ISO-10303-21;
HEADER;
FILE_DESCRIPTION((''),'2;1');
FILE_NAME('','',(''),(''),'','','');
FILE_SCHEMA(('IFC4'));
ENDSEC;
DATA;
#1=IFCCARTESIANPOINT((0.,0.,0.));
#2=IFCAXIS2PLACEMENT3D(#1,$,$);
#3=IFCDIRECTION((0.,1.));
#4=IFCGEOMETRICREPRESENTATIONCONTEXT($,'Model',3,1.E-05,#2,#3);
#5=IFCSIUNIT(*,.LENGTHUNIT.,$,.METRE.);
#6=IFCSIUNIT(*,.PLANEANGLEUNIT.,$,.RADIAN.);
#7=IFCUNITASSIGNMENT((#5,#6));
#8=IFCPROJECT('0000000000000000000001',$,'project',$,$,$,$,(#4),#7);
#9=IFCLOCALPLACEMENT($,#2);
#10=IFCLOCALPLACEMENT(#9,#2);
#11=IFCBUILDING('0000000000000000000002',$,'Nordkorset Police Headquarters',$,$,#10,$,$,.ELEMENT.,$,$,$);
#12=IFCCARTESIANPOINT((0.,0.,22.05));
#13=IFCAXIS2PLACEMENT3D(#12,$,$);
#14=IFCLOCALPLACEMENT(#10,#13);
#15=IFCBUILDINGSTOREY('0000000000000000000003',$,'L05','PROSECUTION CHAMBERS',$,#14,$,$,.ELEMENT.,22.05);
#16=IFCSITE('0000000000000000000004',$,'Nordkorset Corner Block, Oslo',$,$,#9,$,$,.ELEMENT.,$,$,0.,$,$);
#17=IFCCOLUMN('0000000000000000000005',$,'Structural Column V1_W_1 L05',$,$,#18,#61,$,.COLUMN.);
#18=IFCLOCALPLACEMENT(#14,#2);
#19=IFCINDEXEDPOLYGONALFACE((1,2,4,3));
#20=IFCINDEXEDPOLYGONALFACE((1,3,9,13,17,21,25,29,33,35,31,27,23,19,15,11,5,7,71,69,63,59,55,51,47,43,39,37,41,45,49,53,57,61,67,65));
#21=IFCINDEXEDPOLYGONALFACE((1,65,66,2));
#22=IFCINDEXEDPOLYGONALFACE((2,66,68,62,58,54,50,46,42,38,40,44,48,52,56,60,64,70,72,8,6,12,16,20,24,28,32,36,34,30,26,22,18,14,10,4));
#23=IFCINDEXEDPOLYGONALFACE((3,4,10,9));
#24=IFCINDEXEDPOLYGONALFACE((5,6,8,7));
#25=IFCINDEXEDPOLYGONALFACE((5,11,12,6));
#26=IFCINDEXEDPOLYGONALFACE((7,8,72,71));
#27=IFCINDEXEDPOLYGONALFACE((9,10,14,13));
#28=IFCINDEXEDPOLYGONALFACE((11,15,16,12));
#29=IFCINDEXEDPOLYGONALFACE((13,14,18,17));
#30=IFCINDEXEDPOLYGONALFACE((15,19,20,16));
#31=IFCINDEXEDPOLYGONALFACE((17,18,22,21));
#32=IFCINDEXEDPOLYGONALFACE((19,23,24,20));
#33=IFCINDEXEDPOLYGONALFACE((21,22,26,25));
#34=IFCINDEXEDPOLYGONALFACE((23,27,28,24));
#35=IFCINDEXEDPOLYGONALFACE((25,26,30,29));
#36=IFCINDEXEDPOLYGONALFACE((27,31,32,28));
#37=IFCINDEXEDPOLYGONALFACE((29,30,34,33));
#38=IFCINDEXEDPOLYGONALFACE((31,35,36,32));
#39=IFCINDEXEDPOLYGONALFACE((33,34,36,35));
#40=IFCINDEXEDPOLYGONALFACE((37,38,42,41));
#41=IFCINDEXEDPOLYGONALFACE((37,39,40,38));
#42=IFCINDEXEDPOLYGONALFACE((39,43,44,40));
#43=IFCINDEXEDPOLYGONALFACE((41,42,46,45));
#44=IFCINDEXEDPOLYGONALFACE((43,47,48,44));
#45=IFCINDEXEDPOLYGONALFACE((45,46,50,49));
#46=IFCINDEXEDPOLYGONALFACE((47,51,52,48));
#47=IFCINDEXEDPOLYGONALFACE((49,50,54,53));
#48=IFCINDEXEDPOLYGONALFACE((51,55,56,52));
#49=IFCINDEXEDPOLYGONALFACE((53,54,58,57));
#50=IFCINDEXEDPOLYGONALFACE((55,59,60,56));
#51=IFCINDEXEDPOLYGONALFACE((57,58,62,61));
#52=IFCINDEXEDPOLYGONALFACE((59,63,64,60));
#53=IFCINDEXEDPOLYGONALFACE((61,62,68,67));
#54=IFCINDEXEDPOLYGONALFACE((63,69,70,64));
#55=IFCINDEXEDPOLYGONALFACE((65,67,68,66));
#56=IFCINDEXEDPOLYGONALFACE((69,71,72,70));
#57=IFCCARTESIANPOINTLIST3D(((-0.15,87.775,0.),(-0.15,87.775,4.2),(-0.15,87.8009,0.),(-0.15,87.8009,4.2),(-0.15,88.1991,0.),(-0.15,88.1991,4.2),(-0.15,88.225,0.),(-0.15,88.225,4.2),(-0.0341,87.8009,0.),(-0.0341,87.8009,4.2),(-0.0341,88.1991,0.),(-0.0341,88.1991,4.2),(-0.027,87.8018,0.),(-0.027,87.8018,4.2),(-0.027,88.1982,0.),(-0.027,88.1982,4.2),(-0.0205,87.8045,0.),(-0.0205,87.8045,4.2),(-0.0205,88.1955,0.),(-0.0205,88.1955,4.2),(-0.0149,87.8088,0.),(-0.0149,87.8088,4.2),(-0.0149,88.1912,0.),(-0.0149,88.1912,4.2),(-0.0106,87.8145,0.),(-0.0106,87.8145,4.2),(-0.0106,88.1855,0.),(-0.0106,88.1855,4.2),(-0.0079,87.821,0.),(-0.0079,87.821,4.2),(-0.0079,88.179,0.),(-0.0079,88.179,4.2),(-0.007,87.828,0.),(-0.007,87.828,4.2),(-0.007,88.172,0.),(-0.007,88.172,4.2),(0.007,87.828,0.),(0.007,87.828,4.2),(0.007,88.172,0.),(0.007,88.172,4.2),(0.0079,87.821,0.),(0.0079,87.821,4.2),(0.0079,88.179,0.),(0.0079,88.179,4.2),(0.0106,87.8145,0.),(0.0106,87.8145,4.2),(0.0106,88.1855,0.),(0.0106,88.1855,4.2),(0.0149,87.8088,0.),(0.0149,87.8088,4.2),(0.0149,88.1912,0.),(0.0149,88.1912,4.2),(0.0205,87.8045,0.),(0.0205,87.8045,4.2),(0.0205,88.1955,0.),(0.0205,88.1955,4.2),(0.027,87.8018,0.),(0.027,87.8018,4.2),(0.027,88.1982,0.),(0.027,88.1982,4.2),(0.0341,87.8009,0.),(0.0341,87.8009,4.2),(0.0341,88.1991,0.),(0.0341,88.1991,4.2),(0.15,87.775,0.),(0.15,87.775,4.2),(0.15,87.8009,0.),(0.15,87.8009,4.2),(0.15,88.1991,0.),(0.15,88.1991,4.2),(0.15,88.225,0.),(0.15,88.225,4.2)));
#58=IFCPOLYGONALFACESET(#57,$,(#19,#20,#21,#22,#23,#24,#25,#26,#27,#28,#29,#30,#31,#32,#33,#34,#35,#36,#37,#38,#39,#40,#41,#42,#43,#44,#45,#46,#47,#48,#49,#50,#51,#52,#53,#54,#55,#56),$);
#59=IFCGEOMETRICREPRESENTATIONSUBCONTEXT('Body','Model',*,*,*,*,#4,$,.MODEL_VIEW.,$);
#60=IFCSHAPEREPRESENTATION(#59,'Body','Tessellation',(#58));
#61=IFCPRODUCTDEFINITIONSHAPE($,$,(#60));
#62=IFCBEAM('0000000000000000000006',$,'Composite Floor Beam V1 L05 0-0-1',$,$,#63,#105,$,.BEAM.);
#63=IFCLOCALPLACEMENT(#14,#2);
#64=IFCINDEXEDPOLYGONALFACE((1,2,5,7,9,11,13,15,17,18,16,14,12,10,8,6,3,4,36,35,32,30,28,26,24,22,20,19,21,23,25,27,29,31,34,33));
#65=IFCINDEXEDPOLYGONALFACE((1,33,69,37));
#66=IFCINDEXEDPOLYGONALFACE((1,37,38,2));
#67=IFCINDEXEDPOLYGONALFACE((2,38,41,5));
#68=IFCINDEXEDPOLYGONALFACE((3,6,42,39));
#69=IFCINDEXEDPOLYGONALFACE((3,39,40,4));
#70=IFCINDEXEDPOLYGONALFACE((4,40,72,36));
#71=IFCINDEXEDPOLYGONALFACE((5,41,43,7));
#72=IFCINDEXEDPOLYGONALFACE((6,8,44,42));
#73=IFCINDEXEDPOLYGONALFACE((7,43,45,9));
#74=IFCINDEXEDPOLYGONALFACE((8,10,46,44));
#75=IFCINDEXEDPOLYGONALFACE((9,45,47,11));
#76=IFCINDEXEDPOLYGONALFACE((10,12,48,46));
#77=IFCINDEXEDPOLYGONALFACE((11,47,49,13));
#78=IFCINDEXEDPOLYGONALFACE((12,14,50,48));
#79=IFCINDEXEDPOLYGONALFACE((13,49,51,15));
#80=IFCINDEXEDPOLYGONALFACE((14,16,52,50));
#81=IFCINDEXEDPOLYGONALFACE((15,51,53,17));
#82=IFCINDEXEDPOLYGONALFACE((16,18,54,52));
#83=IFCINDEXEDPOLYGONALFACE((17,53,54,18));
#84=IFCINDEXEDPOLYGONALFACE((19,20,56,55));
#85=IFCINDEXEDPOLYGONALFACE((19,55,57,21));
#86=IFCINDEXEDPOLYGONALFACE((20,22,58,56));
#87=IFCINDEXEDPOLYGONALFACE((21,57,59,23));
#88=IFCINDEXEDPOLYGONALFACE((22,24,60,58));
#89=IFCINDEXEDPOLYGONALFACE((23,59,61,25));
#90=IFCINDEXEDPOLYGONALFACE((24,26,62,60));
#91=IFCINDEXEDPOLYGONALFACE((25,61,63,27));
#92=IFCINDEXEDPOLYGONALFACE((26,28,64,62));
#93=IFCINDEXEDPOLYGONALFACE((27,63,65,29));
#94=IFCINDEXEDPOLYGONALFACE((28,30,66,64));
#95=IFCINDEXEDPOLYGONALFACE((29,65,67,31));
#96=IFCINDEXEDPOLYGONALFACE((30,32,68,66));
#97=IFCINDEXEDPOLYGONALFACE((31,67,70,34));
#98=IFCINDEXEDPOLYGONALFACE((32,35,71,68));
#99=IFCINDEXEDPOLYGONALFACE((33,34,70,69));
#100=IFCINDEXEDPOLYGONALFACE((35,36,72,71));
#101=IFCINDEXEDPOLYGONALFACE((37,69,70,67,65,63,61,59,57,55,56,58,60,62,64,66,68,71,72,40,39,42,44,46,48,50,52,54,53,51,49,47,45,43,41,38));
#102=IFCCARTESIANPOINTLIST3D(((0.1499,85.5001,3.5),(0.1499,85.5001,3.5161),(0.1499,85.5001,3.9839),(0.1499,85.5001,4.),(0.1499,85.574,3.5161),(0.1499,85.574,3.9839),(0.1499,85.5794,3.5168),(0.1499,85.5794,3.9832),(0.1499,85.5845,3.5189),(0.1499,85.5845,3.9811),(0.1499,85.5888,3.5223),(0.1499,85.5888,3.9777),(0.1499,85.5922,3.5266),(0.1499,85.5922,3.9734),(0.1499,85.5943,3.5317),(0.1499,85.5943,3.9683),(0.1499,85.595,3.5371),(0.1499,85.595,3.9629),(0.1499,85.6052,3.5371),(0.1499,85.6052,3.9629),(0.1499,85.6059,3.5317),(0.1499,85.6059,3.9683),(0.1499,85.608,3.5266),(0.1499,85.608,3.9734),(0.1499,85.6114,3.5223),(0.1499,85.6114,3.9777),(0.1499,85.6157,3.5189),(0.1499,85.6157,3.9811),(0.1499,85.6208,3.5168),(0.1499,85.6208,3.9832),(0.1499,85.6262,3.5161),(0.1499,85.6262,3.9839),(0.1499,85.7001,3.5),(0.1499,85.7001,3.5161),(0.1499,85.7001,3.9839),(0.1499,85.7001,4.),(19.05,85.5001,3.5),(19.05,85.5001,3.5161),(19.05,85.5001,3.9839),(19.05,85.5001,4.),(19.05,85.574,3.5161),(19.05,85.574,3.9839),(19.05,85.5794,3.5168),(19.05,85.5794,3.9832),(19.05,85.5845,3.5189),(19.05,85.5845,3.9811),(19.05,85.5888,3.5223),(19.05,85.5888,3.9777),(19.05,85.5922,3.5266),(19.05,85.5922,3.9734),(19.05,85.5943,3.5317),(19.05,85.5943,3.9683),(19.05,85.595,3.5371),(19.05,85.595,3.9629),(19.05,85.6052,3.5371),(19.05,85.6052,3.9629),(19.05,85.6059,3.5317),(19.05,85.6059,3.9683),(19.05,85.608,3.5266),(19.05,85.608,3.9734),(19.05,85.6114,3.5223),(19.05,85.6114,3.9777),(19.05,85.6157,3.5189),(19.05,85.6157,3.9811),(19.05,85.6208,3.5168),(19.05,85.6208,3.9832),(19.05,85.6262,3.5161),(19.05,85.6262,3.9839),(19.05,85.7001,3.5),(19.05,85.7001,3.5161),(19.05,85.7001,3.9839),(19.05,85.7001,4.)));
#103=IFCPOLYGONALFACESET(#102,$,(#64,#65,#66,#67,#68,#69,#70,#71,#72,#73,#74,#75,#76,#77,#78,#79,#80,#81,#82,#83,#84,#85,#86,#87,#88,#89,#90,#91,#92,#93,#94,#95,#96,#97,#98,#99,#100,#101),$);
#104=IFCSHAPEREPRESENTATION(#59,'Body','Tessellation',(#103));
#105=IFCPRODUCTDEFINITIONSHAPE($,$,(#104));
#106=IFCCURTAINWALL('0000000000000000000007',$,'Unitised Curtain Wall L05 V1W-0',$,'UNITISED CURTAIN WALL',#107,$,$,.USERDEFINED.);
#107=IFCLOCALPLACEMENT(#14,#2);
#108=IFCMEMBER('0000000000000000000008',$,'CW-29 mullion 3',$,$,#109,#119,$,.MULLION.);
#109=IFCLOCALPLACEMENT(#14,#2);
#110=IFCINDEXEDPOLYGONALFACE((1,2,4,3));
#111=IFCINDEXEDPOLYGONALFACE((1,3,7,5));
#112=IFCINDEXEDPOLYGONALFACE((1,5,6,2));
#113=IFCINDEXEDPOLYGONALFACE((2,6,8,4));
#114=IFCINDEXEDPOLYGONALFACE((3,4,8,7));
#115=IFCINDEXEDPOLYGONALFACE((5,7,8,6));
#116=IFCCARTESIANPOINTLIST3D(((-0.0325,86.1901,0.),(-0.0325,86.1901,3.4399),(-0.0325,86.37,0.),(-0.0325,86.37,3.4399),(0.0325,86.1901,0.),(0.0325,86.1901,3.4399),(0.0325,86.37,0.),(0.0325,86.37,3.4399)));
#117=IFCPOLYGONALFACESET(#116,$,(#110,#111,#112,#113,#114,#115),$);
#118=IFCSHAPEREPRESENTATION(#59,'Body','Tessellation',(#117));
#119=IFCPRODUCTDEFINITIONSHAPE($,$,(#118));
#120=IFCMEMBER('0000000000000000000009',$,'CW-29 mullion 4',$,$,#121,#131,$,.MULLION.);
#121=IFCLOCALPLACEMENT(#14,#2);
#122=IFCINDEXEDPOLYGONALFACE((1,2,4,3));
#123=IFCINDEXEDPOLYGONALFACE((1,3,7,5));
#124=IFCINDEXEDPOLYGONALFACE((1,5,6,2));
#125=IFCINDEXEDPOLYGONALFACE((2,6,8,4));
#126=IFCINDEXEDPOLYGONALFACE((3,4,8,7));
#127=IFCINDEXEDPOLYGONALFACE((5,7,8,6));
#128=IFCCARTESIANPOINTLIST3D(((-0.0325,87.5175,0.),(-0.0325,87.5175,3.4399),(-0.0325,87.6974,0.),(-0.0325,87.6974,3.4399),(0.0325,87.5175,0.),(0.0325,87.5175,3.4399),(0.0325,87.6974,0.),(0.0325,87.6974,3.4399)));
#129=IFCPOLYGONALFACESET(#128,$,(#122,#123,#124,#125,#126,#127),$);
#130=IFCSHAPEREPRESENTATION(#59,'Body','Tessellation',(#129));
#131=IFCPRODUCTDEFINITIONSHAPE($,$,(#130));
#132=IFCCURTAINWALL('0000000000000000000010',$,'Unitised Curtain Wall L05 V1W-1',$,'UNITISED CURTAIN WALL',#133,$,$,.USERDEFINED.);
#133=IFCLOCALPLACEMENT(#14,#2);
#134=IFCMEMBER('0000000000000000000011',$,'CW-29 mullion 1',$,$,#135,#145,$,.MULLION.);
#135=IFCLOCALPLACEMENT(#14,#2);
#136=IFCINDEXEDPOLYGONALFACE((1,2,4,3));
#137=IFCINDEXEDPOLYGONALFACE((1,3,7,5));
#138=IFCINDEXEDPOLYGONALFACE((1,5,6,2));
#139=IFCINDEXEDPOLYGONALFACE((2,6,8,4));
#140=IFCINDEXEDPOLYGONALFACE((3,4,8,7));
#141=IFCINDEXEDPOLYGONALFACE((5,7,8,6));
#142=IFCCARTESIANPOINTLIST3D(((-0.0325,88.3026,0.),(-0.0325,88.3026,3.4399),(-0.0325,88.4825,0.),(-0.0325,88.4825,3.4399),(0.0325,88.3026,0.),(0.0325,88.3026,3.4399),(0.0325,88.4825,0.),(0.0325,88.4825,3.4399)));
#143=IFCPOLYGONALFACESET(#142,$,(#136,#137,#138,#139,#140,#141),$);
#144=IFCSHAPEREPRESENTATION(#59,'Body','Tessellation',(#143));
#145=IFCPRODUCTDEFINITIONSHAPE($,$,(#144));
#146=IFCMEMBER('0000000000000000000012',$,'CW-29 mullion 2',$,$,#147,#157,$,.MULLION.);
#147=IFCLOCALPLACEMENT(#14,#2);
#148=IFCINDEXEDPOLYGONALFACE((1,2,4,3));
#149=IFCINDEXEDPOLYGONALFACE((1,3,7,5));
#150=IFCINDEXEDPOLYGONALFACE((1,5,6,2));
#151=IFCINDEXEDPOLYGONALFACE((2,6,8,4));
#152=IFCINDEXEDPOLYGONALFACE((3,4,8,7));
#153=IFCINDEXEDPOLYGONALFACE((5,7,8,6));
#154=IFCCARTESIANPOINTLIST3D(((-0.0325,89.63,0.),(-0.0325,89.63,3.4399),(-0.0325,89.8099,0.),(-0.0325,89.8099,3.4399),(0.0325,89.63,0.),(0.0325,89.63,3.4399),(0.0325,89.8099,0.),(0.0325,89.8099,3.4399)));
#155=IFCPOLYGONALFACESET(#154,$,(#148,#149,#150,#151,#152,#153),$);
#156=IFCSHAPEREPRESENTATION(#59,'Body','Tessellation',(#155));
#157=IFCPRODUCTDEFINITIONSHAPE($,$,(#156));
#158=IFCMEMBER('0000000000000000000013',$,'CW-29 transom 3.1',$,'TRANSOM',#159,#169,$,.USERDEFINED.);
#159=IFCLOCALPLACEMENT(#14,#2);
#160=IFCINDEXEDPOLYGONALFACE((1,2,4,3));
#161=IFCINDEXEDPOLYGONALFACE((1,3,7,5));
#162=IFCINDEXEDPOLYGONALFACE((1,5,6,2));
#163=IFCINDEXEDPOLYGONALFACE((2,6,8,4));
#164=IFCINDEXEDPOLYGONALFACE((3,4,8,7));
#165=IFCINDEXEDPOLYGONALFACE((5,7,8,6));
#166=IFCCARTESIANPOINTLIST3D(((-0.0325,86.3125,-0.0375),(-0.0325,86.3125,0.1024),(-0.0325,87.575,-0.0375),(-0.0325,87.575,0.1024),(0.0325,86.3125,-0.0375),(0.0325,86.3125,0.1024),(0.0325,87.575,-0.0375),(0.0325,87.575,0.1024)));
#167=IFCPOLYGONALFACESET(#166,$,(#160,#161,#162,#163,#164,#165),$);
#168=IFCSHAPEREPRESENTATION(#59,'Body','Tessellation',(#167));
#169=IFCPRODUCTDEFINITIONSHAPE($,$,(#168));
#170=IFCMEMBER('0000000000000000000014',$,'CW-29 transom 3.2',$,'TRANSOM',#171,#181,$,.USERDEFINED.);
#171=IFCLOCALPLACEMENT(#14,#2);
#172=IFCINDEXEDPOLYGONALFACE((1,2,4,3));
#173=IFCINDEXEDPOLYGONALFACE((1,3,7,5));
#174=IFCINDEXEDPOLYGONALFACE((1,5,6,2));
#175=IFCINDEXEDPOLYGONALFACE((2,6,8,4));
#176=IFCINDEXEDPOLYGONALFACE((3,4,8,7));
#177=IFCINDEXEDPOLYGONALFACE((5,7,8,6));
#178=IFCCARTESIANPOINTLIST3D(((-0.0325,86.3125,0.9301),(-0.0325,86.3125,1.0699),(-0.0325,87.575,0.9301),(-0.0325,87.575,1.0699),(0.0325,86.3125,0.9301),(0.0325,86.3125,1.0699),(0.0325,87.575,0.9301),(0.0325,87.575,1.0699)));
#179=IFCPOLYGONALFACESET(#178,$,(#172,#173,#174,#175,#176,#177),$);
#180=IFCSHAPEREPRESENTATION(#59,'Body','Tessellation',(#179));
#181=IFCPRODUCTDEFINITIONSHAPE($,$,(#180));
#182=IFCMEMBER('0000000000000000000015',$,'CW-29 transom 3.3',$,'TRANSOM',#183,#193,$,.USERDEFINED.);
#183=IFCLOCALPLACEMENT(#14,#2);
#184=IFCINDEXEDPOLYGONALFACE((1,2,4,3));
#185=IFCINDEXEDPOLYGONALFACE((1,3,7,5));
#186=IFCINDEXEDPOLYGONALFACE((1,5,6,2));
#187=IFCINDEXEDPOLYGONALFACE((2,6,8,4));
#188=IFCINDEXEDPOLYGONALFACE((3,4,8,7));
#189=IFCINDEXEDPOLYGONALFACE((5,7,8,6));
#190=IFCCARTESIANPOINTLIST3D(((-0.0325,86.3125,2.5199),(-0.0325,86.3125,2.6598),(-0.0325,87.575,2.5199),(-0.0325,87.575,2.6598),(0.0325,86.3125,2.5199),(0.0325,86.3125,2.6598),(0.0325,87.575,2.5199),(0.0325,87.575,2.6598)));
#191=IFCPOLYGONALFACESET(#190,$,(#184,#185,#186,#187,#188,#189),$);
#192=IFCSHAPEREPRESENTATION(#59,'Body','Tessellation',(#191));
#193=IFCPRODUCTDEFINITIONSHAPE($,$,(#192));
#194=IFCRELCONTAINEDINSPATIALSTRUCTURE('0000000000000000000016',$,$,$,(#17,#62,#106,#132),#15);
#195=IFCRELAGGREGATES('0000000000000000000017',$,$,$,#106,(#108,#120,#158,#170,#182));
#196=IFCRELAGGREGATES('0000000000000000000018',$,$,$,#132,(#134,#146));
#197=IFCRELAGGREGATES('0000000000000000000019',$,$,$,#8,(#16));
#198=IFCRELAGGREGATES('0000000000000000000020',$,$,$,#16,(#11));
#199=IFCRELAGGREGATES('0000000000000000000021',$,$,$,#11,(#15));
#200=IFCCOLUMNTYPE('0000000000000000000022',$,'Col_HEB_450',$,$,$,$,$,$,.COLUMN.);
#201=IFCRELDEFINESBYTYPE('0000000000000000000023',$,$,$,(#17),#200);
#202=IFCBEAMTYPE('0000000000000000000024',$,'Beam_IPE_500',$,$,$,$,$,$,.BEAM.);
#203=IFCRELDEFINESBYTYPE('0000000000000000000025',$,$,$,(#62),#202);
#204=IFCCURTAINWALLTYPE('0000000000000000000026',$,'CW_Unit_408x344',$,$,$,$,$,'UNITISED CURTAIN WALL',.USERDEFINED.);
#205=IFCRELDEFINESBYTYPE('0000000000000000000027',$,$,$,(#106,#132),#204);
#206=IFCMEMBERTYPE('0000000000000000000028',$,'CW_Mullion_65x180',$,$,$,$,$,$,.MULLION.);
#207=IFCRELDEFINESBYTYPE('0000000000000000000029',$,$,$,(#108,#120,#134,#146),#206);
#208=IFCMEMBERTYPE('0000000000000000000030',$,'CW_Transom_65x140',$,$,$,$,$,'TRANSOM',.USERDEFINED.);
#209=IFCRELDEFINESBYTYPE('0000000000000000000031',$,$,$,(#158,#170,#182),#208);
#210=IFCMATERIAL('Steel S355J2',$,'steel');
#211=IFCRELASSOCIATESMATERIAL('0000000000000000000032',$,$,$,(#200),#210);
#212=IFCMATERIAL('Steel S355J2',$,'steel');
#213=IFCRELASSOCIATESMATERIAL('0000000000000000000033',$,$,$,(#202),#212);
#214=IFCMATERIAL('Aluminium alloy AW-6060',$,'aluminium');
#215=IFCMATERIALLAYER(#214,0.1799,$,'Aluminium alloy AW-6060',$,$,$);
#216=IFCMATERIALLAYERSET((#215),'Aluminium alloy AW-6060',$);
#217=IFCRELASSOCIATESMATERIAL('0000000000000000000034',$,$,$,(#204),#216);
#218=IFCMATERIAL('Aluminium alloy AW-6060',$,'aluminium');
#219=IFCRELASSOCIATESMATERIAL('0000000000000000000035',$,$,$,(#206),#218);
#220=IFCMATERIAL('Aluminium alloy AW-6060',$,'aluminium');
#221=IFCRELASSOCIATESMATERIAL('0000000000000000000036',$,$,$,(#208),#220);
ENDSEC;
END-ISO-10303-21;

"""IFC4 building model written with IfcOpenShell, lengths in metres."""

from ifc_helpers import new_model, si_unit, direction, frame, origin, origin_2d, place, context, subcontext, project, spatial, rectangle, i_section, extrude, material, layer, layer_set, material_profile, profile_set, type_object, element, aggregate, save


model = new_model("IFC4")

# Units and contexts
model_context = context("Model", 3, precision=1e-05, world=origin(), true_north=direction((0.0, 1.0)))
body_context = subcontext(model_context, "Body", "Model", "MODEL_VIEW")
ifc_project = project(units=[si_unit("LENGTHUNIT", "METRE"), si_unit("PLANEANGLEUNIT", "RADIAN")], contexts=[model_context])

# Site, building, storey
site_placement = place(None, origin())
site = spatial("IfcSite", under=ifc_project, at=site_placement, Name="Nordkorset Corner Block, Oslo", CompositionType="ELEMENT", RefElevation=0.0)
building_placement = place(site_placement, origin())
building = spatial("IfcBuilding", under=site, at=building_placement, Name="Nordkorset Police Headquarters", CompositionType="ELEMENT")
storey_placement = place(building_placement, frame((0.0, 0.0, 22.05)))
storey = spatial("IfcBuildingStorey", under=building, at=storey_placement, Name="L05", Description="PROSECUTION CHAMBERS", CompositionType="ELEMENT", Elevation=22.05)

# Column
ifc_material_1 = material(Name="Steel S355J2", Category="steel")
ifc_material_profile_1 = material_profile(ifc_material_1, i_section(OverallWidth=0.3, OverallDepth=0.45, WebThickness=0.0139, FlangeThickness=0.0259, FilletRadius=0.0271, at=origin_2d()), Name="HEB 450")
ifc_profile_set_1 = profile_set([ifc_material_profile_1], Name="Steel S355J2")
column_type = type_object("IfcColumnType", Name="Col_HEB_450", PredefinedType="COLUMN", material=ifc_profile_set_1)
column_placement = place(storey_placement, frame((0.0, 88.0, 0.0), z_axis=(0.0, 0.0, 1.0), x_axis=(1.0, 0.0, 0.0)))
element("IfcColumn", 1, at=column_placement, inside=storey, type_object=column_type, Name="Structural Column V1_W_1 L05", PredefinedType="COLUMN", context=body_context, shape_type="SweptSolid", body=[
    extrude(i_section(OverallWidth=0.3, OverallDepth=0.45, WebThickness=0.0139, FlangeThickness=0.0259, FilletRadius=0.0271, at=origin_2d()), origin(), (0.0, 0.0, 1.0), 4.2),
])

# Beam
ifc_material_2 = material(Name="Steel S355J2", Category="steel")
ifc_material_profile_2 = material_profile(ifc_material_2, i_section(OverallWidth=0.2, OverallDepth=0.5, WebThickness=0.0103, FlangeThickness=0.0161, FilletRadius=0.021, at=origin_2d()), Name="IPE 500")
ifc_profile_set_2 = profile_set([ifc_material_profile_2], Name="Steel S355J2")
beam_type_1 = type_object("IfcBeamType", Name="Beam_IPE_500", PredefinedType="BEAM", material=ifc_profile_set_2)
beam_1_placement = place(storey_placement, frame((0.1499, 85.6001, 3.75), z_axis=(1.0, 0.0, 0.0), x_axis=(0.0, 1.0, 0.0)))
element("IfcBeam", 2, at=beam_1_placement, inside=storey, type_object=beam_type_1, Name="Composite Floor Beam V1 L05 0-0-1", PredefinedType="BEAM", context=body_context, shape_type="SweptSolid", body=[
    extrude(i_section(OverallWidth=0.2, OverallDepth=0.5, WebThickness=0.0103, FlangeThickness=0.0161, FilletRadius=0.021, at=origin_2d()), origin(), (0.0, 0.0, 1.0), 18.9001),
])

# Curtain walls, members
ifc_material_3 = material(Name="Aluminium alloy AW-6060", Category="aluminium")
ifc_layer_1 = layer(ifc_material_3, 0.1799, Name="Aluminium alloy AW-6060")
ifc_layer_set_1 = layer_set([ifc_layer_1], Name="Aluminium alloy AW-6060")
curtain_wall_type = type_object("IfcCurtainWallType", Name="CW_Unit_408x344", ElementType="UNITISED CURTAIN WALL", PredefinedType="USERDEFINED", material=ifc_layer_set_1)
curtain_wall_1_placement = place(storey_placement, origin())
curtain_wall_1 = element("IfcCurtainWall", 3, at=curtain_wall_1_placement, inside=storey, type_object=curtain_wall_type, Name="Unitised Curtain Wall L05 V1W-0", ObjectType="UNITISED CURTAIN WALL", PredefinedType="USERDEFINED")
ifc_material_4 = material(Name="Aluminium alloy AW-6060", Category="aluminium")
ifc_material_profile_3 = material_profile(ifc_material_4, rectangle(XDim=0.0649, YDim=0.1799, at=origin_2d()), Name="ALU MULL 65x180")
ifc_profile_set_3 = profile_set([ifc_material_profile_3], Name="Aluminium alloy AW-6060")
member_type_1 = type_object("IfcMemberType", Name="CW_Mullion_65x180", PredefinedType="MULLION", material=ifc_profile_set_3)
member_1_placement = place(storey_placement, frame((0.0, 86.28, 0.0), z_axis=(0.0, 0.0, 1.0), x_axis=(-1.0, 0.0, 0.0)))
member_1 = element("IfcMember", 4, at=member_1_placement, type_object=member_type_1, Name="CW-29 mullion 3", PredefinedType="MULLION", context=body_context, shape_type="SweptSolid", body=[
    extrude(rectangle(XDim=0.0649, YDim=0.1799, at=origin_2d()), origin(), (0.0, 0.0, 1.0), 3.4399),
])
member_2_placement = place(storey_placement, frame((0.0, 87.6074, 0.0), z_axis=(0.0, 0.0, 1.0), x_axis=(-1.0, 0.0, 0.0)))
member_2 = element("IfcMember", 5, at=member_2_placement, type_object=member_type_1, Name="CW-29 mullion 4", PredefinedType="MULLION", context=body_context, shape_type="SweptSolid", body=[
    extrude(rectangle(XDim=0.0649, YDim=0.1799, at=origin_2d()), origin(), (0.0, 0.0, 1.0), 3.4399),
])
curtain_wall_2_placement = place(storey_placement, origin())
curtain_wall_2 = element("IfcCurtainWall", 6, at=curtain_wall_2_placement, inside=storey, type_object=curtain_wall_type, Name="Unitised Curtain Wall L05 V1W-1", ObjectType="UNITISED CURTAIN WALL", PredefinedType="USERDEFINED")
member_3_placement = place(storey_placement, frame((0.0, 88.3926, 0.0), z_axis=(0.0, 0.0, 1.0), x_axis=(-1.0, 0.0, 0.0)))
member_3 = element("IfcMember", 7, at=member_3_placement, type_object=member_type_1, Name="CW-29 mullion 1", PredefinedType="MULLION", context=body_context, shape_type="SweptSolid", body=[
    extrude(rectangle(XDim=0.0649, YDim=0.1799, at=origin_2d()), origin(), (0.0, 0.0, 1.0), 3.4399),
])
member_4_placement = place(storey_placement, frame((0.0, 89.72, 0.0), z_axis=(0.0, 0.0, 1.0), x_axis=(-1.0, 0.0, 0.0)))
member_4 = element("IfcMember", 8, at=member_4_placement, type_object=member_type_1, Name="CW-29 mullion 2", PredefinedType="MULLION", context=body_context, shape_type="SweptSolid", body=[
    extrude(rectangle(XDim=0.0649, YDim=0.1799, at=origin_2d()), origin(), (0.0, 0.0, 1.0), 3.4399),
])

# Members
ifc_material_5 = material(Name="Aluminium alloy AW-6060", Category="aluminium")
ifc_material_profile_4 = material_profile(ifc_material_5, rectangle(XDim=0.0649, YDim=0.1399, at=origin_2d()), Name="ALU TRAN 65x140")
ifc_profile_set_4 = profile_set([ifc_material_profile_4], Name="Aluminium alloy AW-6060")
member_type_2 = type_object("IfcMemberType", Name="CW_Transom_65x140", ElementType="TRANSOM", PredefinedType="USERDEFINED", material=ifc_profile_set_4)
member_5_placement = place(storey_placement, frame((0.0, 86.3125, 0.0325), z_axis=(0.0, 1.0, 0.0), x_axis=(-1.0, 0.0, 0.0)))
member_5 = element("IfcMember", 9, at=member_5_placement, type_object=member_type_2, Name="CW-29 transom 3.1", ObjectType="TRANSOM", PredefinedType="USERDEFINED", context=body_context, shape_type="SweptSolid", body=[
    extrude(rectangle(XDim=0.0649, YDim=0.1399, at=origin_2d()), origin(), (0.0, 0.0, 1.0), 1.2625),
])
member_6_placement = place(storey_placement, frame((0.0, 86.3125, 1.0), z_axis=(0.0, 1.0, 0.0), x_axis=(-1.0, 0.0, 0.0)))
member_6 = element("IfcMember", 10, at=member_6_placement, type_object=member_type_2, Name="CW-29 transom 3.2", ObjectType="TRANSOM", PredefinedType="USERDEFINED", context=body_context, shape_type="SweptSolid", body=[
    extrude(rectangle(XDim=0.0649, YDim=0.1399, at=origin_2d()), origin(), (0.0, 0.0, 1.0), 1.2625),
])
member_7_placement = place(storey_placement, frame((0.0, 86.3125, 2.5898), z_axis=(0.0, 1.0, 0.0), x_axis=(-1.0, 0.0, 0.0)))
member_7 = element("IfcMember", 11, at=member_7_placement, type_object=member_type_2, Name="CW-29 transom 3.3", ObjectType="TRANSOM", PredefinedType="USERDEFINED", context=body_context, shape_type="SweptSolid", body=[
    extrude(rectangle(XDim=0.0649, YDim=0.1399, at=origin_2d()), origin(), (0.0, 0.0, 1.0), 1.2625),
])

aggregate(curtain_wall_1, [member_1, member_2, member_5, member_6, member_7])
aggregate(curtain_wall_2, [member_3, member_4])

save(model, "model.ifc")
